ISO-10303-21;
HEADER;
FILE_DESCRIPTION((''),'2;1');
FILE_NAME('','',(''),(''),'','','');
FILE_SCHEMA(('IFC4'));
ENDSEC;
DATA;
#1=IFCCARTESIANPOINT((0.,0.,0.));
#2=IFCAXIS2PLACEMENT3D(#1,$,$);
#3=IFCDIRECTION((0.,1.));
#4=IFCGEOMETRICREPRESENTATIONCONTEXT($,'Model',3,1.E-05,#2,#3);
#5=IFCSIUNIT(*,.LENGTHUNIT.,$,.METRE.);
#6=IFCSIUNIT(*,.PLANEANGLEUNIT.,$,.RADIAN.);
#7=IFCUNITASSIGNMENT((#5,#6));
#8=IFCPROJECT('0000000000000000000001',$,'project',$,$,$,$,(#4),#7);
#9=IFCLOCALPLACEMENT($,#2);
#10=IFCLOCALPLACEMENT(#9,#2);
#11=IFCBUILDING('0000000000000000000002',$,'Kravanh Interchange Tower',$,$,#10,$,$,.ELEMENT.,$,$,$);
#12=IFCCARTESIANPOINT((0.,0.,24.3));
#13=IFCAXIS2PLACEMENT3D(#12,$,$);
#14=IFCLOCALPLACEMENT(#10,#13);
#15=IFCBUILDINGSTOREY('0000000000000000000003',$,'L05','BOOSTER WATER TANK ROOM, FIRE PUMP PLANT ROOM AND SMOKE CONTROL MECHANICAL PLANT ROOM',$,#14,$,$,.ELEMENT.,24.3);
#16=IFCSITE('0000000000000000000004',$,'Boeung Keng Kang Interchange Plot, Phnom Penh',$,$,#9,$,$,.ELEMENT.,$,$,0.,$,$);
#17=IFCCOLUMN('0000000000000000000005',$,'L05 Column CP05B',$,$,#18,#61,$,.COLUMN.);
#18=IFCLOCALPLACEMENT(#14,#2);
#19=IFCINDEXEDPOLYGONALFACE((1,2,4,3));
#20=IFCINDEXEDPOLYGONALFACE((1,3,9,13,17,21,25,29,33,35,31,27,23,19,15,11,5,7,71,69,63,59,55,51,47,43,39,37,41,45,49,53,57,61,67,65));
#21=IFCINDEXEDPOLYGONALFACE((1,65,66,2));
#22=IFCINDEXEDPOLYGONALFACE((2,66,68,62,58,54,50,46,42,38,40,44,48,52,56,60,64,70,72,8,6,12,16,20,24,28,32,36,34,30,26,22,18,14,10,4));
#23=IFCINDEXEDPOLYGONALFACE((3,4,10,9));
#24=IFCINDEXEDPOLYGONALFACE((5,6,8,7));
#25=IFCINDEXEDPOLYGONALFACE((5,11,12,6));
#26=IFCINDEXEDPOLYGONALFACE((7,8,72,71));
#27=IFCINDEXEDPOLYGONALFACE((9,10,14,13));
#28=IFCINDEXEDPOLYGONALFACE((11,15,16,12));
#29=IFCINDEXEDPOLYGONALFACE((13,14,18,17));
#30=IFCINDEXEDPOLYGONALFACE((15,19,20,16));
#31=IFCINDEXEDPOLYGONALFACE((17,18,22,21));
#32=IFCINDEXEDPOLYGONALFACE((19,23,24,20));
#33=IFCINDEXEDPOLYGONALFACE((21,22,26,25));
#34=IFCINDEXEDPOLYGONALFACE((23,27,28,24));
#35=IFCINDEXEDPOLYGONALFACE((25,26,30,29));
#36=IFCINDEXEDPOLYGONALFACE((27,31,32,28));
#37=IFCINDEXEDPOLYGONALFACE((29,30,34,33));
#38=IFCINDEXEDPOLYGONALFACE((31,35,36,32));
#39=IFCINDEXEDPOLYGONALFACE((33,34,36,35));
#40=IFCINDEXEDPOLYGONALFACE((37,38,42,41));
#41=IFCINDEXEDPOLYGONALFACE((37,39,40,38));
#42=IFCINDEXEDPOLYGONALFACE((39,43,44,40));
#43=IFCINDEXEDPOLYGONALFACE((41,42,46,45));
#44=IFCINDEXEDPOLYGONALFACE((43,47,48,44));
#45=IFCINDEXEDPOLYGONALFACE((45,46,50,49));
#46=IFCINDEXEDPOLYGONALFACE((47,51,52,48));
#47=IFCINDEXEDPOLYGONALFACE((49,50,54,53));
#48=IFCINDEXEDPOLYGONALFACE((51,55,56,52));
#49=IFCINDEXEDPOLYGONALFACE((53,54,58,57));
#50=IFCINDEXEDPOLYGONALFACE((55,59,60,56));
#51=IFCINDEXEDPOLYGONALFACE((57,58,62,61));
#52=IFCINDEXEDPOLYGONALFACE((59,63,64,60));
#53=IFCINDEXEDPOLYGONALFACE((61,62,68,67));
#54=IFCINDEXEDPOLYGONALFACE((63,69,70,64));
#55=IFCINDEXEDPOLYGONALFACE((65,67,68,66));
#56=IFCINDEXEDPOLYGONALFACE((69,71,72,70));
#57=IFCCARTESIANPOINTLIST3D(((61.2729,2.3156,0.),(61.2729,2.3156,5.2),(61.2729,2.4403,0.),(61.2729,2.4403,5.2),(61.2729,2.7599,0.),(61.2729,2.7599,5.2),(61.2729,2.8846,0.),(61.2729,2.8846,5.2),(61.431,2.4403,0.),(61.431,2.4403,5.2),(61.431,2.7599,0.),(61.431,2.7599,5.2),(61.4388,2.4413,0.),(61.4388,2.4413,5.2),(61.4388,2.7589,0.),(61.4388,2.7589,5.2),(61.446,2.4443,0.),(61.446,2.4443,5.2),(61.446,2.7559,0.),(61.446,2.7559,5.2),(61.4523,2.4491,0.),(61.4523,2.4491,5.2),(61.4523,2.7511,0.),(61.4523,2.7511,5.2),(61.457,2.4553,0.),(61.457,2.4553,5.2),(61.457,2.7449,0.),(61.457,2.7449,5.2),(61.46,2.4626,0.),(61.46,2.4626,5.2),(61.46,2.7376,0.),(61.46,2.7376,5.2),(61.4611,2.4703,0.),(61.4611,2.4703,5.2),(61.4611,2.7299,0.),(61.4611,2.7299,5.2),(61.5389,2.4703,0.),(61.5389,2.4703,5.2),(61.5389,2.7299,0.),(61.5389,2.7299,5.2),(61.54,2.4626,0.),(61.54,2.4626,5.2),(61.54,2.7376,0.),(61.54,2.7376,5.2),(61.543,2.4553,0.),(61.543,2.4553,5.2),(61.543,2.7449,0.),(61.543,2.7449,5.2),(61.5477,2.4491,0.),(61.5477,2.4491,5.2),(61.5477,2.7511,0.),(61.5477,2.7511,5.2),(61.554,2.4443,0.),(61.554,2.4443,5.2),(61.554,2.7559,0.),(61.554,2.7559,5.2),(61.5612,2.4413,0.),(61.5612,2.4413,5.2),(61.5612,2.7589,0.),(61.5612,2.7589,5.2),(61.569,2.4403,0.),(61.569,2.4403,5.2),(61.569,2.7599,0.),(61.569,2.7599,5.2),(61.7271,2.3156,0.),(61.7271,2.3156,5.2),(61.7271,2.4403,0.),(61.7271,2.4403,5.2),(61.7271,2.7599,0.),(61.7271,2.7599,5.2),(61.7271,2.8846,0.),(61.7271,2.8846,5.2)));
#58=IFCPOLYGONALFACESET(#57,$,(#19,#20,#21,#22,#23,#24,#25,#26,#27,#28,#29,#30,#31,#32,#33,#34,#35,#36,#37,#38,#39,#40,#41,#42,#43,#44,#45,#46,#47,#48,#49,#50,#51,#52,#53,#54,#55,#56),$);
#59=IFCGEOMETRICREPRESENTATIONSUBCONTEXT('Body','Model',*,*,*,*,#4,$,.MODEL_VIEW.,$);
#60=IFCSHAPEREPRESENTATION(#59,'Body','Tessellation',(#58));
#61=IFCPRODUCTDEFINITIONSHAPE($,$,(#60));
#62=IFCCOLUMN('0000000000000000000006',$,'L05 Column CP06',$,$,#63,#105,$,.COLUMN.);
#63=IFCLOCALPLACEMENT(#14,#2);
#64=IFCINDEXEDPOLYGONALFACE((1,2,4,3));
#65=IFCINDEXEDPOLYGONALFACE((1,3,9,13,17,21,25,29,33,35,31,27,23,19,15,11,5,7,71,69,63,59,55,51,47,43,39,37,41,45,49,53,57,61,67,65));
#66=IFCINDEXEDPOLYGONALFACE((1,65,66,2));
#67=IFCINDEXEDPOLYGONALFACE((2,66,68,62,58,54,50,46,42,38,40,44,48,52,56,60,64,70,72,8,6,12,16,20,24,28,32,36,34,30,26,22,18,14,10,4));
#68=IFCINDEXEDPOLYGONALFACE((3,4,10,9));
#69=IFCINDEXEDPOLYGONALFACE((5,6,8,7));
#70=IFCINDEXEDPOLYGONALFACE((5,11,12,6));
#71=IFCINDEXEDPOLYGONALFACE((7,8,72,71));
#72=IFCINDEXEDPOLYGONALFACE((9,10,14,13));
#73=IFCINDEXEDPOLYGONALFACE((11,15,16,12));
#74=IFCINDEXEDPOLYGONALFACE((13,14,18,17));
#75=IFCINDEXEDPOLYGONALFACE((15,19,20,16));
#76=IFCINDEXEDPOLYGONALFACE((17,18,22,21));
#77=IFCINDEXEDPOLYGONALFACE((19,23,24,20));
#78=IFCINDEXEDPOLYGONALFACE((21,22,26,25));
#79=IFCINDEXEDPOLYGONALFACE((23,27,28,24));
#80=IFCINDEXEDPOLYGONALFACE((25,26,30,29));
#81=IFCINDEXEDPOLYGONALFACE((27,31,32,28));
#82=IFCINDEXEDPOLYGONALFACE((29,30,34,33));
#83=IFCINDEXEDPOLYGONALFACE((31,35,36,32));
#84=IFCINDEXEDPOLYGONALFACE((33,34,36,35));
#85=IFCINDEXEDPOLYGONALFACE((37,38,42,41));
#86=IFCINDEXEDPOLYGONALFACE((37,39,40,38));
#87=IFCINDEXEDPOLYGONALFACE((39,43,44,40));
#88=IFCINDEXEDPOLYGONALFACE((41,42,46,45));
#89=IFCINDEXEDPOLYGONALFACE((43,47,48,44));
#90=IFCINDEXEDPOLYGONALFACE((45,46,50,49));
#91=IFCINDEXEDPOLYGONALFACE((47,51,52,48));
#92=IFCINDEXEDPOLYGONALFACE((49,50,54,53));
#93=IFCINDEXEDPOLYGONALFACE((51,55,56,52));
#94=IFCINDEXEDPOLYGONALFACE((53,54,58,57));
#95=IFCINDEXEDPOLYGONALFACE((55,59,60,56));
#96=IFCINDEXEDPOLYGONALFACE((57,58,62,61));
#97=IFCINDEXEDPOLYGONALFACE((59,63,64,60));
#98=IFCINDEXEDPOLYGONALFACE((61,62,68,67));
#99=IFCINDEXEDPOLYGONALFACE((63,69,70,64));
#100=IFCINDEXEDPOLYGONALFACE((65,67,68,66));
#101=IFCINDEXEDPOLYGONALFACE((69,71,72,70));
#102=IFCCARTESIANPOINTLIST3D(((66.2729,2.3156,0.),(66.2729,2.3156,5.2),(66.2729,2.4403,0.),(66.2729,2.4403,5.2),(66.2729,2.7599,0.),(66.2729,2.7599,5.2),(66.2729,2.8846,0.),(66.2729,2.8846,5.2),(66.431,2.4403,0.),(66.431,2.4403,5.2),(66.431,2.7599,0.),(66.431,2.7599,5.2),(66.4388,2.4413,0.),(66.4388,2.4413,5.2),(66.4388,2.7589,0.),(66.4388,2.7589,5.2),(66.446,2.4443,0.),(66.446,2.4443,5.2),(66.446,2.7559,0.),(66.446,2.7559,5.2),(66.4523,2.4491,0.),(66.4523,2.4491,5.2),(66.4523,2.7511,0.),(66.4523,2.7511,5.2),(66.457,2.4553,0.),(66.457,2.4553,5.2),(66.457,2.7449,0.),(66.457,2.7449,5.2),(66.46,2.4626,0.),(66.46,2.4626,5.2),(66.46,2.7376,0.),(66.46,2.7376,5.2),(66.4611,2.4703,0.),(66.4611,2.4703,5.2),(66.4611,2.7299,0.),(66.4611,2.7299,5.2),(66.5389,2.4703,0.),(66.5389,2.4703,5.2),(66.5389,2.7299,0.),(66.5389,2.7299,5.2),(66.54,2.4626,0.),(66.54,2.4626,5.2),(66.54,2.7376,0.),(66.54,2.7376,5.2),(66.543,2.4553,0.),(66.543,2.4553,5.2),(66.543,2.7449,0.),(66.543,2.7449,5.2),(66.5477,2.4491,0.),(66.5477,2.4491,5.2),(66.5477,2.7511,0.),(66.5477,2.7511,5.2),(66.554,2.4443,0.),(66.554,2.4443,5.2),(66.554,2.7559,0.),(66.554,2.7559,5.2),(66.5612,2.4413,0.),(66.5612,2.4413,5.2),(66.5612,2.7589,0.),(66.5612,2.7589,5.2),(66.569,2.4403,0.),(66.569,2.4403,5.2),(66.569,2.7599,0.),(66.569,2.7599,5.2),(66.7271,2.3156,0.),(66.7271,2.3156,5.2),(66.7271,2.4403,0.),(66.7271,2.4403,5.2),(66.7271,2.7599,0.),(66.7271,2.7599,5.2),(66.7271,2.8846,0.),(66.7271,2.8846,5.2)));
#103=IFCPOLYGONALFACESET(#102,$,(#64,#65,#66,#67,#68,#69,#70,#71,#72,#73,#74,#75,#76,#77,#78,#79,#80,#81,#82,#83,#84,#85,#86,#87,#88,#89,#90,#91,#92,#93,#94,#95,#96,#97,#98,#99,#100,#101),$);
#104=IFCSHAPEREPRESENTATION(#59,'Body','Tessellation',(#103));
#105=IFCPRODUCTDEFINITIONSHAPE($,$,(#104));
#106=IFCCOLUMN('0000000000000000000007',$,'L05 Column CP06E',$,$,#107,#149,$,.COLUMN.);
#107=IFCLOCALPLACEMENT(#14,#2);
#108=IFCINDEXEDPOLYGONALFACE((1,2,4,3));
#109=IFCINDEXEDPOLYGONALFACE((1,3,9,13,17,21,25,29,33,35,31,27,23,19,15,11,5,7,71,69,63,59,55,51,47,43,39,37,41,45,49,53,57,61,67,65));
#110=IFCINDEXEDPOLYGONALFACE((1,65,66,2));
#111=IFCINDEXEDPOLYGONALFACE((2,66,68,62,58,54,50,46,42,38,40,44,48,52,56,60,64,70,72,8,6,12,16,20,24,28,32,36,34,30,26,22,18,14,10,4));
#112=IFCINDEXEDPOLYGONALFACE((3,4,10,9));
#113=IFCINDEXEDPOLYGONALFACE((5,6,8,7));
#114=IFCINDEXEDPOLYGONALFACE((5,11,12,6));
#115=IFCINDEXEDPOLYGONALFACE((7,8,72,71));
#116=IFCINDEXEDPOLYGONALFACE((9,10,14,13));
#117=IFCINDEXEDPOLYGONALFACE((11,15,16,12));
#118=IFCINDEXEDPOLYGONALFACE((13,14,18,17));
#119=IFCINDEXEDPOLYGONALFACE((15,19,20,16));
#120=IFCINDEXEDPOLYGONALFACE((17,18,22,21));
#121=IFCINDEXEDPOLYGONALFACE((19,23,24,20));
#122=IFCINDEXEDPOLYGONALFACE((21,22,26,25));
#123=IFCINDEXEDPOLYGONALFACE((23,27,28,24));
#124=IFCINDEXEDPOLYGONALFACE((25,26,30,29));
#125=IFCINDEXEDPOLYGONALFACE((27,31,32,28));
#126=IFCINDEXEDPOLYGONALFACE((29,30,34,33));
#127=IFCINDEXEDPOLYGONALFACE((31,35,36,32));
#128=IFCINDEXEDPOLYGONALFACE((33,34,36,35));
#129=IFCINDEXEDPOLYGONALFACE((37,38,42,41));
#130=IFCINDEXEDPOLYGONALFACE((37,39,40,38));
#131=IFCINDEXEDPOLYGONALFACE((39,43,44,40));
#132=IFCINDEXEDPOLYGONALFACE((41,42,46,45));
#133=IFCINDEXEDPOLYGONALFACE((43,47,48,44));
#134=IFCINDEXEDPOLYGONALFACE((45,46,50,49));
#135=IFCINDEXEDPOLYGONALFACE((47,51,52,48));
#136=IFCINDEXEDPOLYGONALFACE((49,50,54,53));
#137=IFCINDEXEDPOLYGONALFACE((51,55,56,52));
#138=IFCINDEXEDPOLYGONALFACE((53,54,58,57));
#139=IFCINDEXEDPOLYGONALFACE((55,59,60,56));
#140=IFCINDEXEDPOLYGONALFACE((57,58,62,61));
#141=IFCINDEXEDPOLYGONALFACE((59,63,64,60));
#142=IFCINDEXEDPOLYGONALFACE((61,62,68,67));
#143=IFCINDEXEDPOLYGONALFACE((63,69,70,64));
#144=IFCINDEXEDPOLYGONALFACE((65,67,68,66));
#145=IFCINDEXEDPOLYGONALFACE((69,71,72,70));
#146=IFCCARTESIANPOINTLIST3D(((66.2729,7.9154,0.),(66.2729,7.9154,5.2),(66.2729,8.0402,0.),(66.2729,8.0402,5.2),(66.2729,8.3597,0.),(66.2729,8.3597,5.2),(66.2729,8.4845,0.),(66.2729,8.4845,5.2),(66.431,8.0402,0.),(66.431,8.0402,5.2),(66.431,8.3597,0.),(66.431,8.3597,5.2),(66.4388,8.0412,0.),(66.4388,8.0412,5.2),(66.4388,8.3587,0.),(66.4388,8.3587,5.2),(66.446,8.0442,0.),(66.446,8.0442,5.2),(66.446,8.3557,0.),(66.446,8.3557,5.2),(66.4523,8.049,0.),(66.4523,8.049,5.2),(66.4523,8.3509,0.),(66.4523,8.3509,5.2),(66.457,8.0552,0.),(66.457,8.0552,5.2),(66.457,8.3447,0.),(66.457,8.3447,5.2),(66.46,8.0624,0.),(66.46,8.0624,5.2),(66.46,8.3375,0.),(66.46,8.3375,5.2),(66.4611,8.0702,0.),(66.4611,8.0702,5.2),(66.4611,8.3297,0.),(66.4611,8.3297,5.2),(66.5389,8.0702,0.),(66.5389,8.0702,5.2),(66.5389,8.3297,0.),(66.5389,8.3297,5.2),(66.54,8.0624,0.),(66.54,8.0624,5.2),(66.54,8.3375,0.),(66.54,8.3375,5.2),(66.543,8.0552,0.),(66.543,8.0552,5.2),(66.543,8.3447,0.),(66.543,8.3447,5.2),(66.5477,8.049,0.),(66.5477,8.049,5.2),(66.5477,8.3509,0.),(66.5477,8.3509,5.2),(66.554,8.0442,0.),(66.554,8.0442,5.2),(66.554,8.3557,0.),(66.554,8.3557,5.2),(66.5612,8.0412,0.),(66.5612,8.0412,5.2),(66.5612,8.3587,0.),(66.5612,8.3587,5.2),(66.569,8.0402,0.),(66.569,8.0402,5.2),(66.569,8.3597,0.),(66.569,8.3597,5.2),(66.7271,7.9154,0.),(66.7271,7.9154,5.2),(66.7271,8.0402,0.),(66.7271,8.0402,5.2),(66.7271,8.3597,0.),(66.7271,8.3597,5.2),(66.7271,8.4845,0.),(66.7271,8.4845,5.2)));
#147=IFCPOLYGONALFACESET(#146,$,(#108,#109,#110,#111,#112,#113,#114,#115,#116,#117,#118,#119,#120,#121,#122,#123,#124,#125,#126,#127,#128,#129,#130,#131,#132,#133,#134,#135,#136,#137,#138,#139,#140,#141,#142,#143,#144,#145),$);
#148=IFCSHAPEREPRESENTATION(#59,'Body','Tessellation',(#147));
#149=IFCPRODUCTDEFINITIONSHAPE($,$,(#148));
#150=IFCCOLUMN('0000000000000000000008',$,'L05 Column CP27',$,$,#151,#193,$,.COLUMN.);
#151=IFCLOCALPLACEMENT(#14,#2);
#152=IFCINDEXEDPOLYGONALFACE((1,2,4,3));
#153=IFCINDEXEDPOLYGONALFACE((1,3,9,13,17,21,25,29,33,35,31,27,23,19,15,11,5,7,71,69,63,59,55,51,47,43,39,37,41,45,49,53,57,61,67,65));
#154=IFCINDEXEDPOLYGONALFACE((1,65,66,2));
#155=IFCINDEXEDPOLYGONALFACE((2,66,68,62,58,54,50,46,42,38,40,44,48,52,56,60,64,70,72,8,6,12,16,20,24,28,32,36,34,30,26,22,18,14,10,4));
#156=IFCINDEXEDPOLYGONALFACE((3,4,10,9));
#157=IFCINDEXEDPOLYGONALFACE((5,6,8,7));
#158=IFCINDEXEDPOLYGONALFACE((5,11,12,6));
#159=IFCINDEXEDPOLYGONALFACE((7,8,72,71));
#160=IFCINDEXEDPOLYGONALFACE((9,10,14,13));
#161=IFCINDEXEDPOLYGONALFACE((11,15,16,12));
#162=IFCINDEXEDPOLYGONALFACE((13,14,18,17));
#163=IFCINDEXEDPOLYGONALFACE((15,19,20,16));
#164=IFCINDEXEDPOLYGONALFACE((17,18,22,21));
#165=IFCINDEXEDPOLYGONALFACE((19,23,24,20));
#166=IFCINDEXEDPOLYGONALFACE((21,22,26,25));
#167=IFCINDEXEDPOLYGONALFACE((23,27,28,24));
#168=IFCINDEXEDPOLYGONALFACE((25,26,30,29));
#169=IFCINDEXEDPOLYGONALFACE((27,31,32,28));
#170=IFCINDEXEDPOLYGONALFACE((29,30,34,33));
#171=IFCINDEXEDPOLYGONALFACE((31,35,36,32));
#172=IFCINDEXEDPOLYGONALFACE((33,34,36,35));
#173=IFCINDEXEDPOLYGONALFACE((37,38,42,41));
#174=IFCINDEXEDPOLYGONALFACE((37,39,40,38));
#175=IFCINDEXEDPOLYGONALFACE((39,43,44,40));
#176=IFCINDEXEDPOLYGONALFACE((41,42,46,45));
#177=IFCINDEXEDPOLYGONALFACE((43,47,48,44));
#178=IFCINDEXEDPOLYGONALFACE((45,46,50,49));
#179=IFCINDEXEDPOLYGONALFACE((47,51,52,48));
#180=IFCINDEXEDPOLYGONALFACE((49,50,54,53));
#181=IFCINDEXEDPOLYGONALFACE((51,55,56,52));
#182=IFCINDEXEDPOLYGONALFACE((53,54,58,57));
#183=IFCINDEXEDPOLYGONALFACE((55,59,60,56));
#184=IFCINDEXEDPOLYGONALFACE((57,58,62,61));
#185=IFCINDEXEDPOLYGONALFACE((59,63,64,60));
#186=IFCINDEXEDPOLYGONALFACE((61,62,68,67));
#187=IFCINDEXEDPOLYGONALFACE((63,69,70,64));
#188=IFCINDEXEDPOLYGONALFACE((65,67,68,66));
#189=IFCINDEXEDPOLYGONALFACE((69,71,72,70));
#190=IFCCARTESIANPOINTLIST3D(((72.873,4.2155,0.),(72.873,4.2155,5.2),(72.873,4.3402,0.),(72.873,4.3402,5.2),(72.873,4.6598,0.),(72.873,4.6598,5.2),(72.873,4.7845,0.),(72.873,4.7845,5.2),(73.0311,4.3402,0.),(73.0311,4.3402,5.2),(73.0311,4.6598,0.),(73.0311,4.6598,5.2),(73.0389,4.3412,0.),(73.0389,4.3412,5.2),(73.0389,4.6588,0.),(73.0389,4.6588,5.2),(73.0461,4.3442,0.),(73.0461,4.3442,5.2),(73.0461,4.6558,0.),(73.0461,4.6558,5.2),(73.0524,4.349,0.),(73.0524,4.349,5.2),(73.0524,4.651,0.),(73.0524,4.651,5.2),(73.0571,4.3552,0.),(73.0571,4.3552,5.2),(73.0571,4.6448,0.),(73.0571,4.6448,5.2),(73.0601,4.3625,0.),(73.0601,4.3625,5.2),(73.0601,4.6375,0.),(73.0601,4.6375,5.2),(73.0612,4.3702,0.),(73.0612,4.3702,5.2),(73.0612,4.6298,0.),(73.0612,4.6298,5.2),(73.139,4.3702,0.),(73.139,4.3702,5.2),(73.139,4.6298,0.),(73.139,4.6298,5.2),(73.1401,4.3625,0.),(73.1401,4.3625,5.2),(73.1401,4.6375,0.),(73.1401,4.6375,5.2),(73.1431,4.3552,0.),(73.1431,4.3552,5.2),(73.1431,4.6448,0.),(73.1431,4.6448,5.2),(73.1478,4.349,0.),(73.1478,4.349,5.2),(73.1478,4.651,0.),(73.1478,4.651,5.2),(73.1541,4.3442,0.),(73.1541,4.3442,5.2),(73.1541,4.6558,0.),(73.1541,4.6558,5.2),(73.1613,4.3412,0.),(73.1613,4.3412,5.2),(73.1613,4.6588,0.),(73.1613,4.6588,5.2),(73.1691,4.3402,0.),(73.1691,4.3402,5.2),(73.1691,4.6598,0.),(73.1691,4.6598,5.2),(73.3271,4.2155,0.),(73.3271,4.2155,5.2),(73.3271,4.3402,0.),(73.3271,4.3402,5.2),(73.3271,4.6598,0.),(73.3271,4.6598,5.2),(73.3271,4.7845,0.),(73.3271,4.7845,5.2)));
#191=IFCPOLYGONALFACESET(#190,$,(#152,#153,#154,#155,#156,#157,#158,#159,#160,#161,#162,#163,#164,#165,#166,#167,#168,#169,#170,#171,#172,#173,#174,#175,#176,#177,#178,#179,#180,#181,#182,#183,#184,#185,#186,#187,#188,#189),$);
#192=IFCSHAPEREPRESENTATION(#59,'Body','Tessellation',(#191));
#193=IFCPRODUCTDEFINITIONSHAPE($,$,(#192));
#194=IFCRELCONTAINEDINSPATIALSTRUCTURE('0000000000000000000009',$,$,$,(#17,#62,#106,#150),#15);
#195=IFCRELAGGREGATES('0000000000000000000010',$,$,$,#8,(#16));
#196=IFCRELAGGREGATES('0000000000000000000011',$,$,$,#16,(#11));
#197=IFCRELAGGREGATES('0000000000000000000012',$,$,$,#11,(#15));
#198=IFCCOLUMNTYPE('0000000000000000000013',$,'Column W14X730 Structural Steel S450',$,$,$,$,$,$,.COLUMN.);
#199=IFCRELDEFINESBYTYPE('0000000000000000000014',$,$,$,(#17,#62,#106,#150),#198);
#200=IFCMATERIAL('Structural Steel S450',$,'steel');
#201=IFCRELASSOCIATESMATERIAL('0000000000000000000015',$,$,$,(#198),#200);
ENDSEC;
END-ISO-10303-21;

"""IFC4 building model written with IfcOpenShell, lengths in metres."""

from ifc_helpers import new_model, si_unit, direction, frame, origin, origin_2d, place, context, subcontext, project, spatial, i_section, extrude, material, material_profile, profile_set, type_object, element, save


model = new_model("IFC4")

# Units and contexts
model_context = context("Model", 3, precision=1e-05, world=origin(), true_north=direction((0.0, 1.0)))
body_context = subcontext(model_context, "Body", "Model", "MODEL_VIEW")
ifc_project = project(units=[si_unit("LENGTHUNIT", "METRE"), si_unit("PLANEANGLEUNIT", "RADIAN")], contexts=[model_context])

# Site, building, storey
site_placement = place(None, origin())
site = spatial("IfcSite", under=ifc_project, at=site_placement, Name="Boeung Keng Kang Interchange Plot, Phnom Penh", CompositionType="ELEMENT", RefElevation=0.0)
building_placement = place(site_placement, origin())
building = spatial("IfcBuilding", under=site, at=building_placement, Name="Kravanh Interchange Tower", CompositionType="ELEMENT")
storey_placement = place(building_placement, frame((0.0, 0.0, 24.3)))
storey = spatial("IfcBuildingStorey", under=building, at=storey_placement, Name="L05", Description="BOOSTER WATER TANK ROOM, FIRE PUMP PLANT ROOM AND SMOKE CONTROL MECHANICAL PLANT ROOM", CompositionType="ELEMENT", Elevation=24.3)

# Columns
ifc_material_1 = material(Name="Structural Steel S450", Category="steel")
ifc_material_profile_1 = material_profile(ifc_material_1, i_section(OverallWidth=0.4541, OverallDepth=0.5691, WebThickness=0.0779, FlangeThickness=0.1248, FilletRadius=0.03, at=origin_2d()), Name="W14X730")
ifc_profile_set_1 = profile_set([ifc_material_profile_1], Name="Structural Steel S450")
column_type = type_object("IfcColumnType", Name="Column W14X730 Structural Steel S450", PredefinedType="COLUMN", material=ifc_profile_set_1)
for number, where, z_axis, x_axis, name in (
    (1, (61.5, 2.6001, 0.0), (0.0, 0.0, 1.0), (1.0, 0.0, 0.0), "L05 Column CP05B"),
    (2, (66.5, 2.6001, 0.0), (0.0, 0.0, 1.0), (1.0, 0.0, 0.0), "L05 Column CP06"),
    (3, (66.5, 8.2, 0.0), (0.0, 0.0, 1.0), (1.0, 0.0, 0.0), "L05 Column CP06E"),
    (4, (73.1001, 4.5, 0.0), (0.0, 0.0, 1.0), (1.0, 0.0, 0.0), "L05 Column CP27"),
):
    element("IfcColumn", number, at=place(storey_placement, frame(where, z_axis=z_axis, x_axis=x_axis)), inside=storey, type_object=column_type, Name=name, PredefinedType="COLUMN", context=body_context, shape_type="SweptSolid", body=[
        extrude(i_section(OverallWidth=0.4541, OverallDepth=0.5691, WebThickness=0.0779, FlangeThickness=0.1248, FilletRadius=0.03, at=origin_2d()), origin(), (0.0, 0.0, 1.0), 5.2),
    ])

save(model, "model.ifc")
